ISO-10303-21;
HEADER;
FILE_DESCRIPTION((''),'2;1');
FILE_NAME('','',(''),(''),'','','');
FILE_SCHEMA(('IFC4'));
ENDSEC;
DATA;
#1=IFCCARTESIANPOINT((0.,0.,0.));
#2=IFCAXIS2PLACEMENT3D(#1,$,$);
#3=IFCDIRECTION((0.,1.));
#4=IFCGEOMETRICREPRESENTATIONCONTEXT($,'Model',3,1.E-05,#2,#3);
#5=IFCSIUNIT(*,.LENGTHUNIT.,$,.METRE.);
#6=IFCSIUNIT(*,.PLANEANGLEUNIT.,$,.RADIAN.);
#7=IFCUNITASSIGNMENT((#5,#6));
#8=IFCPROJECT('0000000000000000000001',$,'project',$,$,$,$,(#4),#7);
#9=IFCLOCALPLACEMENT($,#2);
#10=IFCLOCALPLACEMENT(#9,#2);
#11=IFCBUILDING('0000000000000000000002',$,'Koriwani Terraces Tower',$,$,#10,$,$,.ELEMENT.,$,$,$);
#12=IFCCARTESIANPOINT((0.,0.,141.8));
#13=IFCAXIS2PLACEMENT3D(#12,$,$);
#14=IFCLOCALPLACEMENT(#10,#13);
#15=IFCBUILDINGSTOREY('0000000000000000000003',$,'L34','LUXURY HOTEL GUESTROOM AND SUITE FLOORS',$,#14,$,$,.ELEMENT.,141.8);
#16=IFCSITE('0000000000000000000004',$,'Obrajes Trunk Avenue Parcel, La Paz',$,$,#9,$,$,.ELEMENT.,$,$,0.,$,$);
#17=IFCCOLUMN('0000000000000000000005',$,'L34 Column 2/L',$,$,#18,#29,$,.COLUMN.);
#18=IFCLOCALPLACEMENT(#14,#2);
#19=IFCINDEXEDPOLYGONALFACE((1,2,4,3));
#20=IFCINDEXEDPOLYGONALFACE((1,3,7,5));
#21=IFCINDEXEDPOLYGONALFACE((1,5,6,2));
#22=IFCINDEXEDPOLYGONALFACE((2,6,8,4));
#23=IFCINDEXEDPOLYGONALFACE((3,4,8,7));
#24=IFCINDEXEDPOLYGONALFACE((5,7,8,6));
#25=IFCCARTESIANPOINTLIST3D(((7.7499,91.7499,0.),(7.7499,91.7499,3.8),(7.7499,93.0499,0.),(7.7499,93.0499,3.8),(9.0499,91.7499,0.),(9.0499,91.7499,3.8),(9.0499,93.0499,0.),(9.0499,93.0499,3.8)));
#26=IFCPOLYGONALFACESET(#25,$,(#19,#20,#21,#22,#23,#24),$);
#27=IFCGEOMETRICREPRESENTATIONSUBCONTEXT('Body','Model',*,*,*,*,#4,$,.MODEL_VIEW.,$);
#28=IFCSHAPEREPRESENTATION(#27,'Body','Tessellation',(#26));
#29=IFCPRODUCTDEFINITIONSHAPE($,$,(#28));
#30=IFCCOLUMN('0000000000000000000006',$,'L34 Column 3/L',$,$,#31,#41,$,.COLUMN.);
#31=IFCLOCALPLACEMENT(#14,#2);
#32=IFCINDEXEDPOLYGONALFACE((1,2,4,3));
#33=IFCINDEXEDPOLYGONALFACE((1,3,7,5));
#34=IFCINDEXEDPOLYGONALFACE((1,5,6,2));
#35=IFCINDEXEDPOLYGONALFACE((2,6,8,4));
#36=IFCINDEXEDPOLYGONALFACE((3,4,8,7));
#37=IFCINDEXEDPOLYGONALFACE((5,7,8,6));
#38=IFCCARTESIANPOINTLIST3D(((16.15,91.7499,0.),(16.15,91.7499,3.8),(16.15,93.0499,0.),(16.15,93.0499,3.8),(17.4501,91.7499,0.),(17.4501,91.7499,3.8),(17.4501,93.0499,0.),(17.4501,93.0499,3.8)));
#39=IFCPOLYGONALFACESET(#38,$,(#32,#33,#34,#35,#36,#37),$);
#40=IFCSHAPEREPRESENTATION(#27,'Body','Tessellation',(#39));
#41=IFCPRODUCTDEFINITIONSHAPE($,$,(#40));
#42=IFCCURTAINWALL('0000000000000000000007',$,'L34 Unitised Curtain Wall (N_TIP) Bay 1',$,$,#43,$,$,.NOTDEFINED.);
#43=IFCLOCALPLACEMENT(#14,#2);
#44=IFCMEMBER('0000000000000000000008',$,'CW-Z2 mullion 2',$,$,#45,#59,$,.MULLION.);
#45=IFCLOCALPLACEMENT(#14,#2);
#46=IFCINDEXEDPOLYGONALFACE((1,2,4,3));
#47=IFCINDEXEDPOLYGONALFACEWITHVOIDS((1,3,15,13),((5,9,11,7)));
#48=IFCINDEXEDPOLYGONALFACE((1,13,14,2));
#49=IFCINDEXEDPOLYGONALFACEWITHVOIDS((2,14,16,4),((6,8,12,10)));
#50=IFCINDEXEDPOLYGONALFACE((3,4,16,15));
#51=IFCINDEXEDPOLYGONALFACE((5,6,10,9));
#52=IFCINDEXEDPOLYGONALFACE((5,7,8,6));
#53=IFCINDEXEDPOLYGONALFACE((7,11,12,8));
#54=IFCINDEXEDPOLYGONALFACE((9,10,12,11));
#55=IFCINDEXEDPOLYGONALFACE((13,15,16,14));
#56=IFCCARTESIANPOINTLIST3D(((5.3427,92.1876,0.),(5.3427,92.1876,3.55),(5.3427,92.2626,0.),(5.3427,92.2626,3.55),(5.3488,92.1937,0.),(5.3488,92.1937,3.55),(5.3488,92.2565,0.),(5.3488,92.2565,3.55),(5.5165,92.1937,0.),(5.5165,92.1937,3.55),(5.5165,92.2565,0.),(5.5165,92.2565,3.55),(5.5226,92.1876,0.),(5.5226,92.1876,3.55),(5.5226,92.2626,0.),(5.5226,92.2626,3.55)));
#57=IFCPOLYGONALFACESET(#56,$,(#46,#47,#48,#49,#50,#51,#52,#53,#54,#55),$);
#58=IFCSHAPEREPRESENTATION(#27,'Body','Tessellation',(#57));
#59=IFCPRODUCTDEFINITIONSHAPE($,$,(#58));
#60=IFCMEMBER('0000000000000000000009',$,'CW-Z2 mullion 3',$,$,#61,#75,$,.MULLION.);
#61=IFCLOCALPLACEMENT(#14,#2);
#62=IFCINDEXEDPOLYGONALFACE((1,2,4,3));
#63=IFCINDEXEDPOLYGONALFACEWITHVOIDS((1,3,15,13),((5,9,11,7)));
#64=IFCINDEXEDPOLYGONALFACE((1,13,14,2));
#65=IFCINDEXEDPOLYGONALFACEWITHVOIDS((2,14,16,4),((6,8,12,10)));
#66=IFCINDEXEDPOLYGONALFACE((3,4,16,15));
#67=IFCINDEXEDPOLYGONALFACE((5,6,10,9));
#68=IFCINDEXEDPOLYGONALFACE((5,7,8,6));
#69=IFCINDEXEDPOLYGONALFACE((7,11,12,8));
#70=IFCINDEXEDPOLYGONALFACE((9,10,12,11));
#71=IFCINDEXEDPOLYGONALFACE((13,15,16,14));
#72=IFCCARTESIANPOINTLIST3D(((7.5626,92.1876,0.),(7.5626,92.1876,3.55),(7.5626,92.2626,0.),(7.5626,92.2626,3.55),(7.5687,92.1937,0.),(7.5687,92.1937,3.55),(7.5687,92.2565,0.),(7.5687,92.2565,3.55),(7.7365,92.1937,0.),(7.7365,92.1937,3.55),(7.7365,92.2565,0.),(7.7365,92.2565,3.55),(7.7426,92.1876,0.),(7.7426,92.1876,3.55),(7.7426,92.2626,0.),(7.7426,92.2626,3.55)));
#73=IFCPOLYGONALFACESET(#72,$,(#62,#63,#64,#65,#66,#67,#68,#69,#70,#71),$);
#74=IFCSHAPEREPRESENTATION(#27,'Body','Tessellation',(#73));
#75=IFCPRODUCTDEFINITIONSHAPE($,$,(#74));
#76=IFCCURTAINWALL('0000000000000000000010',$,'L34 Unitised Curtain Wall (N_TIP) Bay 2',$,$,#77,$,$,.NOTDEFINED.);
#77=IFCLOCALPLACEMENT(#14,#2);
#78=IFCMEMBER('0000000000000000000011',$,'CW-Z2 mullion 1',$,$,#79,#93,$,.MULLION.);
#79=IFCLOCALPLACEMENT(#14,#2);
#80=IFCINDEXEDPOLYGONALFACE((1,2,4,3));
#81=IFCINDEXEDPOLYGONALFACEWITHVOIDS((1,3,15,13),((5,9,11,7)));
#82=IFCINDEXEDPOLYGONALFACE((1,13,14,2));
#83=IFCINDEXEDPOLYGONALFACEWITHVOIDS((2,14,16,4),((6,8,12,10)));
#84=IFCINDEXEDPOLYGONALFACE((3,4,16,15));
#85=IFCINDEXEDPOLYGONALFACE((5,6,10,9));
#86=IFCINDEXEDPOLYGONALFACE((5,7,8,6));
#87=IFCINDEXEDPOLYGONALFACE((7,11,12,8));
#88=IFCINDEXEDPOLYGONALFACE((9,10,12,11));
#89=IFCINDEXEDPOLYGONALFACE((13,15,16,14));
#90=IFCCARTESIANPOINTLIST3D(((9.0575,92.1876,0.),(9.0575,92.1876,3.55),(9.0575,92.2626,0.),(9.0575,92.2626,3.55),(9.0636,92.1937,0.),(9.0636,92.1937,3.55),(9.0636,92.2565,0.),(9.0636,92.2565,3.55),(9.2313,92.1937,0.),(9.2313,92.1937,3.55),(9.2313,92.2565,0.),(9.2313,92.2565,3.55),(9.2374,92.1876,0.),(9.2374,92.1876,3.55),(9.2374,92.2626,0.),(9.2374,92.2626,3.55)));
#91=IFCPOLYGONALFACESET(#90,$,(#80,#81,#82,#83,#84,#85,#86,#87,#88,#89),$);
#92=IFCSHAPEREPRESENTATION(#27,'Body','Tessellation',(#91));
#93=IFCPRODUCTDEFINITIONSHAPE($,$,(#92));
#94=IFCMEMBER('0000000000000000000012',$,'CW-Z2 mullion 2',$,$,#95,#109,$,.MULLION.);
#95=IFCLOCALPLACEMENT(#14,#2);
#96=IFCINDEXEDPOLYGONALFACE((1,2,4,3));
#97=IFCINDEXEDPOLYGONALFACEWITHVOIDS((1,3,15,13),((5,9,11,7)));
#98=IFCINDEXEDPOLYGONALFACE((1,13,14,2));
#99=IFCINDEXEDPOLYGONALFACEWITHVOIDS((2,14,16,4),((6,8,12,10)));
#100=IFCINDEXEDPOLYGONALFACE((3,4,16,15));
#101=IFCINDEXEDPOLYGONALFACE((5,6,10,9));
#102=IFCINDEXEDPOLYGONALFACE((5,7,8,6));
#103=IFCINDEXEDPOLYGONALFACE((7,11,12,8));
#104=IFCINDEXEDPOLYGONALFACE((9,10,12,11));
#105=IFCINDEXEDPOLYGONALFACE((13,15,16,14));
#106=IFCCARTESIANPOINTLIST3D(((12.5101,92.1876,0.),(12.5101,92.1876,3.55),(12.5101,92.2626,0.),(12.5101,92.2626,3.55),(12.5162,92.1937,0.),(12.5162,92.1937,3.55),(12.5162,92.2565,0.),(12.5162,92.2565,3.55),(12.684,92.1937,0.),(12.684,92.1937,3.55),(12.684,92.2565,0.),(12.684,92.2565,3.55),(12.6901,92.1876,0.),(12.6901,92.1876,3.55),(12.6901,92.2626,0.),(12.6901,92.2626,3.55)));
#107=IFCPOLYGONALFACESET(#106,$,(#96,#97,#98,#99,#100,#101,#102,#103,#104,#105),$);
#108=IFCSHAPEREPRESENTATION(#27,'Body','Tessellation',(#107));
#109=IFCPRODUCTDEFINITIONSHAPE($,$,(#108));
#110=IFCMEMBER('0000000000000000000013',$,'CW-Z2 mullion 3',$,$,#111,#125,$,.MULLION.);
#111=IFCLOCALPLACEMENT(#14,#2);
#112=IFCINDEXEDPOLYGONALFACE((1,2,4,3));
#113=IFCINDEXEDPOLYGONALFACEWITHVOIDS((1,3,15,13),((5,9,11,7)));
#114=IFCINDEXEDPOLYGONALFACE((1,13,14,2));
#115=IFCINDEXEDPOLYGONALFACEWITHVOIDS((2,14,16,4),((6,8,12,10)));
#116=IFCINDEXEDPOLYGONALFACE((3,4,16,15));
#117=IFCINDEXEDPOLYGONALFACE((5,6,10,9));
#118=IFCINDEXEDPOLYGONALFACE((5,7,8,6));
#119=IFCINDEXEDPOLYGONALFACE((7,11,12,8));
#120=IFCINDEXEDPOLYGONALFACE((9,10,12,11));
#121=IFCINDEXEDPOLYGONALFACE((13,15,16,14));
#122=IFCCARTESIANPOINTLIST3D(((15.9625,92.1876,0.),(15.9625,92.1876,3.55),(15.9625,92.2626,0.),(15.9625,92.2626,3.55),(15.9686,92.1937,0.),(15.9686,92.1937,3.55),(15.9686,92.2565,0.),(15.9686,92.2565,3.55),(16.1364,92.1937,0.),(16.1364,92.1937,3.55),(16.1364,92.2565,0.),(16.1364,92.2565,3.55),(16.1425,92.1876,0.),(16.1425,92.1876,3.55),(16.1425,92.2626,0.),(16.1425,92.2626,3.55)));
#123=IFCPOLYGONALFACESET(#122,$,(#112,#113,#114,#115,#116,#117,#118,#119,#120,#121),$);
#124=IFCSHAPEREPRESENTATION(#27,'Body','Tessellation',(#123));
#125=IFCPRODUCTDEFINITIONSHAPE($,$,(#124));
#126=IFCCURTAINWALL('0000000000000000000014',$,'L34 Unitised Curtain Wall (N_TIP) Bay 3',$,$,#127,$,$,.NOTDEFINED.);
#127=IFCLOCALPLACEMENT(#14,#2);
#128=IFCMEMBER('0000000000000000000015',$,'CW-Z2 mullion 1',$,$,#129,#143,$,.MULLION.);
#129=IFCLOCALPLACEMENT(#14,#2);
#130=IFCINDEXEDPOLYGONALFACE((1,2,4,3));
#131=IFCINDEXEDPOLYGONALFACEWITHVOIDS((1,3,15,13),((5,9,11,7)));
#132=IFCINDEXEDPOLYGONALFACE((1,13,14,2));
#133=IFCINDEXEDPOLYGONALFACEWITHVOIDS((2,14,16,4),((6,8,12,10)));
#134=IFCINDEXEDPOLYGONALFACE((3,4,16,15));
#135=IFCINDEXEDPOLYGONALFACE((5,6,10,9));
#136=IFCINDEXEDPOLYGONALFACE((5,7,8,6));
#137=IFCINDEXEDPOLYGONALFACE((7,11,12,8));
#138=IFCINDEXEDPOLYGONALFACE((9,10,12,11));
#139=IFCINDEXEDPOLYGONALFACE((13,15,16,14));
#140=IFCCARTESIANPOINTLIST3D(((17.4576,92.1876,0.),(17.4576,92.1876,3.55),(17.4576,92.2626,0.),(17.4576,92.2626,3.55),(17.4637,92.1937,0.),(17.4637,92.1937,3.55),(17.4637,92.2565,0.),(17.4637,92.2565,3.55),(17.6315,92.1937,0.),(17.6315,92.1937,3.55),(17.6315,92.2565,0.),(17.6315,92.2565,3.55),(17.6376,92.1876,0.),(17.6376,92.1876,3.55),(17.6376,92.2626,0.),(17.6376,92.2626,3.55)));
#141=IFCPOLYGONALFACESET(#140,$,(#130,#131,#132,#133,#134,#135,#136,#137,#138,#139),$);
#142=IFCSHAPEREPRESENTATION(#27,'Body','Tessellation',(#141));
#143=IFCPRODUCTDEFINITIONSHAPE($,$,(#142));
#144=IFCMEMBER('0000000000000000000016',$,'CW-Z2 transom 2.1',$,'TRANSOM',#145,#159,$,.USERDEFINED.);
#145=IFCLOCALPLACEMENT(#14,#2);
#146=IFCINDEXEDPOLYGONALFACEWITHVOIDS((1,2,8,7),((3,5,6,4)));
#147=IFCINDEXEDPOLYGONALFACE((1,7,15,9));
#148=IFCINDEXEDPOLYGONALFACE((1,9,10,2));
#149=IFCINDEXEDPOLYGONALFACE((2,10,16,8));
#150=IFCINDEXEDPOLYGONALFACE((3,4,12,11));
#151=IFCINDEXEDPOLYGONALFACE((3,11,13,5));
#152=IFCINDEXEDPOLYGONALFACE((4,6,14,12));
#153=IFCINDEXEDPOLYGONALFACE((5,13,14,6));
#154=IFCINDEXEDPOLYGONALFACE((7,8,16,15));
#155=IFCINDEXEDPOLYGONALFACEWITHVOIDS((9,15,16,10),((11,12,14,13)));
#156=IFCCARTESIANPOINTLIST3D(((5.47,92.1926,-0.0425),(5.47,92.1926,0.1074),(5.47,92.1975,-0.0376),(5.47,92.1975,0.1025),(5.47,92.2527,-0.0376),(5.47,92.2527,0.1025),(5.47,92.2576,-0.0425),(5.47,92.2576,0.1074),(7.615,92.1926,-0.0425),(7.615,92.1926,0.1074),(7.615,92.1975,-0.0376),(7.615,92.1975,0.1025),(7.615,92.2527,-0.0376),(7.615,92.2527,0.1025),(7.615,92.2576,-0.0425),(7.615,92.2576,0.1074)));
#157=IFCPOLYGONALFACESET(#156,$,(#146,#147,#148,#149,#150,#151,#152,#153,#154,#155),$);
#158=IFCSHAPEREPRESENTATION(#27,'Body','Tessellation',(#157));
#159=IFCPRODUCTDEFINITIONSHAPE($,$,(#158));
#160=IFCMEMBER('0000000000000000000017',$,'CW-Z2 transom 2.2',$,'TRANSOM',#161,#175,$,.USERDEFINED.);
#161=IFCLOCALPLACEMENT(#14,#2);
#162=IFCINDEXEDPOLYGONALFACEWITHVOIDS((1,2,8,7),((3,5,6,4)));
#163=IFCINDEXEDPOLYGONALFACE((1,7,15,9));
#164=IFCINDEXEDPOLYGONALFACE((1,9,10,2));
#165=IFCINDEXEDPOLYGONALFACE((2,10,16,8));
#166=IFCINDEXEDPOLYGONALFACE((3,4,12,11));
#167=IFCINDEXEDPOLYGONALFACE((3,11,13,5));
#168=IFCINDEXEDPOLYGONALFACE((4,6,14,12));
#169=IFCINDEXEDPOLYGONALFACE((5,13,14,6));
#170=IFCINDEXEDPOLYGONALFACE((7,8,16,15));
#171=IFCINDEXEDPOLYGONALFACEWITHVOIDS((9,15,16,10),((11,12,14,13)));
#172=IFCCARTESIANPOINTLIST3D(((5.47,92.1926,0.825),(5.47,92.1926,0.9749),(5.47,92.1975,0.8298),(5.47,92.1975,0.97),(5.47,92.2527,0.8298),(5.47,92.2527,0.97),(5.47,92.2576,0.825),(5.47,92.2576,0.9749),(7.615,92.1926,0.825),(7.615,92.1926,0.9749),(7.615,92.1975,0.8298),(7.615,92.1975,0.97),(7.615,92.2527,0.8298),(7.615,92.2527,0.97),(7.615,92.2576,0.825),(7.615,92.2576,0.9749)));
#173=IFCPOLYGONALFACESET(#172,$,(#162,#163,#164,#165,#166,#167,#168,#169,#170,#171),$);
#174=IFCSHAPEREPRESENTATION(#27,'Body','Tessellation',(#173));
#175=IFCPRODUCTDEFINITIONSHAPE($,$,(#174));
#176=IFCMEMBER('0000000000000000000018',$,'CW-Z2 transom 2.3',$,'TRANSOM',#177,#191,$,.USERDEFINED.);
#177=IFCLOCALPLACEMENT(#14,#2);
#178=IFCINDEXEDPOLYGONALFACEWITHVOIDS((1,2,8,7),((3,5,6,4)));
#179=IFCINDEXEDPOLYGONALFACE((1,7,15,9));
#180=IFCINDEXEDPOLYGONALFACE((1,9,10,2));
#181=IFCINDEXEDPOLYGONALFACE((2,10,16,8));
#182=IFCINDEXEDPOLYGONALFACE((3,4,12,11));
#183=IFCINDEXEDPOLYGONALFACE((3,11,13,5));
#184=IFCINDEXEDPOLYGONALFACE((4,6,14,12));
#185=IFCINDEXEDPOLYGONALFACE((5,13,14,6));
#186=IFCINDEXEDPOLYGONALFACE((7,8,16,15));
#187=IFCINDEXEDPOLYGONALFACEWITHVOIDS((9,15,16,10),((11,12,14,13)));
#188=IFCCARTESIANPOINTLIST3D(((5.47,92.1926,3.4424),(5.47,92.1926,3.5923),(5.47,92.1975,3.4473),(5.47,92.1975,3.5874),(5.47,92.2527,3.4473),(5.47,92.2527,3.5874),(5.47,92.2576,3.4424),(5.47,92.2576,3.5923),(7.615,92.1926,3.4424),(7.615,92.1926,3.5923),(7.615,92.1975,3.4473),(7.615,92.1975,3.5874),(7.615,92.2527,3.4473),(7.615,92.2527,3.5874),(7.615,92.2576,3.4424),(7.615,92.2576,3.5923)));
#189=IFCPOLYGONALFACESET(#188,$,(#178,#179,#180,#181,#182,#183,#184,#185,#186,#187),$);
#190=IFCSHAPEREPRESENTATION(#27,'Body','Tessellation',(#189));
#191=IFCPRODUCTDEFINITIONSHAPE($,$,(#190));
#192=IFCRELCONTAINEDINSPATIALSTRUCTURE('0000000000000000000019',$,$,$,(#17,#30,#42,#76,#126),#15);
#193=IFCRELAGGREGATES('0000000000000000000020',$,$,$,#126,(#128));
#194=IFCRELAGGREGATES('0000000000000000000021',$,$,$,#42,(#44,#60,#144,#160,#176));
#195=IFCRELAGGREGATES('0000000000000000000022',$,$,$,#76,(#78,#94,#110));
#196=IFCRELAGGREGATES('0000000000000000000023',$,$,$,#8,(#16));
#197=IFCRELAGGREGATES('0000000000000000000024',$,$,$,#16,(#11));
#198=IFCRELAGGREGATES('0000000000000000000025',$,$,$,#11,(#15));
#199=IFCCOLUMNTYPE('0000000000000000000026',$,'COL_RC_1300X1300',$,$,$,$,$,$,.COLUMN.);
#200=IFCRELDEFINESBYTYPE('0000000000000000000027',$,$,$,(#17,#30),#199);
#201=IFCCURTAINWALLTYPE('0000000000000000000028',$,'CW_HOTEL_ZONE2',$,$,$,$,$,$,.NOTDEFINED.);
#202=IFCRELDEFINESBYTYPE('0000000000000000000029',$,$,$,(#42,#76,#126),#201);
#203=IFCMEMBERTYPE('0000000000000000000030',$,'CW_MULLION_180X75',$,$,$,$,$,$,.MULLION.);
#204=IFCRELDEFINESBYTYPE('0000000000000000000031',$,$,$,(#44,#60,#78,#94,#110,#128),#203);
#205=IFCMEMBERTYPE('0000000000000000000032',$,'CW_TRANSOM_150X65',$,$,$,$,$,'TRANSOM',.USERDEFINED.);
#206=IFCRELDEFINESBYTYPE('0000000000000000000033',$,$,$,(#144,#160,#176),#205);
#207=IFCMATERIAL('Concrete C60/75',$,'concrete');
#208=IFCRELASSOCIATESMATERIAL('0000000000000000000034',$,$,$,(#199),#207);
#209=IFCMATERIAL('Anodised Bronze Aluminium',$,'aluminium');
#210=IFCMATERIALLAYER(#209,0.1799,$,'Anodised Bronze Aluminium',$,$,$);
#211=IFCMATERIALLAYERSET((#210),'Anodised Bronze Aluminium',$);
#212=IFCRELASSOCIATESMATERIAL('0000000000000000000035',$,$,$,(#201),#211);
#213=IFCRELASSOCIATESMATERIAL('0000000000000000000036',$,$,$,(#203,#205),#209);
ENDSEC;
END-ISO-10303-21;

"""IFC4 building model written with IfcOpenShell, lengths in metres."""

from ifc_helpers import new_model, si_unit, direction, frame, origin, origin_2d, place, context, subcontext, project, spatial, rectangle, hollow_rectangle, extrude, material, layer, layer_set, material_profile, profile_set, type_object, element, aggregate, save


model = new_model("IFC4")

# Units and contexts
model_context = context("Model", 3, precision=1e-05, world=origin(), true_north=direction((0.0, 1.0)))
body_context = subcontext(model_context, "Body", "Model", "MODEL_VIEW")
ifc_project = project(units=[si_unit("LENGTHUNIT", "METRE"), si_unit("PLANEANGLEUNIT", "RADIAN")], contexts=[model_context])

# Site, building, storey
site_placement = place(None, origin())
site = spatial("IfcSite", under=ifc_project, at=site_placement, Name="Obrajes Trunk Avenue Parcel, La Paz", CompositionType="ELEMENT", RefElevation=0.0)
building_placement = place(site_placement, origin())
building = spatial("IfcBuilding", under=site, at=building_placement, Name="Koriwani Terraces Tower", CompositionType="ELEMENT")
storey_placement = place(building_placement, frame((0.0, 0.0, 141.8)))
storey = spatial("IfcBuildingStorey", under=building, at=storey_placement, Name="L34", Description="LUXURY HOTEL GUESTROOM AND SUITE FLOORS", CompositionType="ELEMENT", Elevation=141.8)

# Columns
ifc_material_1 = material(Name="Concrete C60/75", Category="concrete")
ifc_material_profile_1 = material_profile(ifc_material_1, rectangle(XDim=1.3, YDim=1.3, at=origin_2d()), Name="Concrete C60/75", Category="LoadBearing")
ifc_profile_set_1 = profile_set([ifc_material_profile_1], Name="Concrete C60/75")
column_type = type_object("IfcColumnType", Name="COL_RC_1300X1300", PredefinedType="COLUMN", material=ifc_profile_set_1)
for number, where, z_axis, x_axis, name in (
    (1, (8.3999, 92.3999, 0.0), (0.0, 0.0, 1.0), (1.0, 0.0, 0.0), "L34 Column 2/L"),
    (2, (16.8, 92.3999, 0.0), (0.0, 0.0, 1.0), (1.0, 0.0, 0.0), "L34 Column 3/L"),
):
    element("IfcColumn", number, at=place(storey_placement, frame(where, z_axis=z_axis, x_axis=x_axis)), inside=storey, type_object=column_type, Name=name, PredefinedType="COLUMN", context=body_context, shape_type="SweptSolid", body=[
        extrude(rectangle(XDim=1.3, YDim=1.3, at=origin_2d()), origin(), (0.0, 0.0, 1.0), 3.8),
    ])

# Curtain walls, members
ifc_material_2 = material(Name="Anodised Bronze Aluminium", Category="aluminium")
ifc_layer_1 = layer(ifc_material_2, 0.1799, Name="Anodised Bronze Aluminium")
ifc_layer_set_1 = layer_set([ifc_layer_1], Name="Anodised Bronze Aluminium")
curtain_wall_type = type_object("IfcCurtainWallType", Name="CW_HOTEL_ZONE2", PredefinedType="NOTDEFINED", material=ifc_layer_set_1)
curtain_wall_1_placement = place(storey_placement, origin())
curtain_wall_1 = element("IfcCurtainWall", 3, at=curtain_wall_1_placement, inside=storey, type_object=curtain_wall_type, Name="L34 Unitised Curtain Wall (N_TIP) Bay 1", PredefinedType="NOTDEFINED")
ifc_material_profile_2 = material_profile(ifc_material_2, hollow_rectangle(XDim=0.075, YDim=0.1799, WallThickness=0.0061, at=origin_2d()), Name="Anodised Bronze Aluminium", Category="LoadBearing")
ifc_profile_set_2 = profile_set([ifc_material_profile_2], Name="Anodised Bronze Aluminium")
member_type_1 = type_object("IfcMemberType", Name="CW_MULLION_180X75", PredefinedType="MULLION", material=ifc_profile_set_2)
member_1_placement = place(storey_placement, frame((5.4326, 92.2251, 0.0), z_axis=(0.0, 0.0, 1.0), x_axis=(0.0, 1.0, 0.0)))
member_1 = element("IfcMember", 4, at=member_1_placement, type_object=member_type_1, Name="CW-Z2 mullion 2", PredefinedType="MULLION", context=body_context, shape_type="SweptSolid", body=[
    extrude(hollow_rectangle(XDim=0.075, YDim=0.1799, WallThickness=0.0061, at=origin_2d()), origin(), (0.0, 0.0, 1.0), 3.55),
])
member_2_placement = place(storey_placement, frame((7.6526, 92.2251, 0.0), z_axis=(0.0, 0.0, 1.0), x_axis=(0.0, 1.0, 0.0)))
member_2 = element("IfcMember", 5, at=member_2_placement, type_object=member_type_1, Name="CW-Z2 mullion 3", PredefinedType="MULLION", context=body_context, shape_type="SweptSolid", body=[
    extrude(hollow_rectangle(XDim=0.075, YDim=0.1799, WallThickness=0.0061, at=origin_2d()), origin(), (0.0, 0.0, 1.0), 3.55),
])
curtain_wall_2_placement = place(storey_placement, origin())
curtain_wall_2 = element("IfcCurtainWall", 6, at=curtain_wall_2_placement, inside=storey, type_object=curtain_wall_type, Name="L34 Unitised Curtain Wall (N_TIP) Bay 2", PredefinedType="NOTDEFINED")
member_3_placement = place(storey_placement, frame((9.1475, 92.2251, 0.0), z_axis=(0.0, 0.0, 1.0), x_axis=(0.0, 1.0, 0.0)))
member_3 = element("IfcMember", 7, at=member_3_placement, type_object=member_type_1, Name="CW-Z2 mullion 1", PredefinedType="MULLION", context=body_context, shape_type="SweptSolid", body=[
    extrude(hollow_rectangle(XDim=0.075, YDim=0.1799, WallThickness=0.0061, at=origin_2d()), origin(), (0.0, 0.0, 1.0), 3.55),
])
member_4_placement = place(storey_placement, frame((12.6001, 92.2251, 0.0), z_axis=(0.0, 0.0, 1.0), x_axis=(0.0, 1.0, 0.0)))
member_4 = element("IfcMember", 8, at=member_4_placement, type_object=member_type_1, Name="CW-Z2 mullion 2", PredefinedType="MULLION", context=body_context, shape_type="SweptSolid", body=[
    extrude(hollow_rectangle(XDim=0.075, YDim=0.1799, WallThickness=0.0061, at=origin_2d()), origin(), (0.0, 0.0, 1.0), 3.55),
])
member_5_placement = place(storey_placement, frame((16.0525, 92.2251, 0.0), z_axis=(0.0, 0.0, 1.0), x_axis=(0.0, 1.0, 0.0)))
member_5 = element("IfcMember", 9, at=member_5_placement, type_object=member_type_1, Name="CW-Z2 mullion 3", PredefinedType="MULLION", context=body_context, shape_type="SweptSolid", body=[
    extrude(hollow_rectangle(XDim=0.075, YDim=0.1799, WallThickness=0.0061, at=origin_2d()), origin(), (0.0, 0.0, 1.0), 3.55),
])

# Curtain wall, member
curtain_wall_3_placement = place(storey_placement, origin())
curtain_wall_3 = element("IfcCurtainWall", 10, at=curtain_wall_3_placement, inside=storey, type_object=curtain_wall_type, Name="L34 Unitised Curtain Wall (N_TIP) Bay 3", PredefinedType="NOTDEFINED")
member_6_placement = place(storey_placement, frame((17.5476, 92.2251, 0.0), z_axis=(0.0, 0.0, 1.0), x_axis=(0.0, 1.0, 0.0)))
member_6 = element("IfcMember", 11, at=member_6_placement, type_object=member_type_1, Name="CW-Z2 mullion 1", PredefinedType="MULLION", context=body_context, shape_type="SweptSolid", body=[
    extrude(hollow_rectangle(XDim=0.075, YDim=0.1799, WallThickness=0.0061, at=origin_2d()), origin(), (0.0, 0.0, 1.0), 3.55),
])

# Members
ifc_material_profile_3 = material_profile(ifc_material_2, hollow_rectangle(XDim=0.0649, YDim=0.1499, WallThickness=0.0049, at=origin_2d()), Name="Anodised Bronze Aluminium", Category="LoadBearing")
ifc_profile_set_3 = profile_set([ifc_material_profile_3], Name="Anodised Bronze Aluminium")
member_type_2 = type_object("IfcMemberType", Name="CW_TRANSOM_150X65", ElementType="TRANSOM", PredefinedType="USERDEFINED", material=ifc_profile_set_3)
member_7_placement = place(storey_placement, frame((5.47, 92.2251, 0.0325), z_axis=(1.0, 0.0, 0.0), x_axis=(0.0, 1.0, 0.0)))
member_7 = element("IfcMember", 12, at=member_7_placement, type_object=member_type_2, Name="CW-Z2 transom 2.1", ObjectType="TRANSOM", PredefinedType="USERDEFINED", context=body_context, shape_type="SweptSolid", body=[
    extrude(hollow_rectangle(XDim=0.0649, YDim=0.1499, WallThickness=0.0049, at=origin_2d()), origin(), (0.0, 0.0, 1.0), 2.145),
])
member_8_placement = place(storey_placement, frame((5.47, 92.2251, 0.8999), z_axis=(1.0, 0.0, 0.0), x_axis=(0.0, 1.0, 0.0)))
member_8 = element("IfcMember", 13, at=member_8_placement, type_object=member_type_2, Name="CW-Z2 transom 2.2", ObjectType="TRANSOM", PredefinedType="USERDEFINED", context=body_context, shape_type="SweptSolid", body=[
    extrude(hollow_rectangle(XDim=0.0649, YDim=0.1499, WallThickness=0.0049, at=origin_2d()), origin(), (0.0, 0.0, 1.0), 2.145),
])
member_9_placement = place(storey_placement, frame((5.47, 92.2251, 3.5173), z_axis=(1.0, 0.0, 0.0), x_axis=(0.0, 1.0, 0.0)))
member_9 = element("IfcMember", 14, at=member_9_placement, type_object=member_type_2, Name="CW-Z2 transom 2.3", ObjectType="TRANSOM", PredefinedType="USERDEFINED", context=body_context, shape_type="SweptSolid", body=[
    extrude(hollow_rectangle(XDim=0.0649, YDim=0.1499, WallThickness=0.0049, at=origin_2d()), origin(), (0.0, 0.0, 1.0), 2.145),
])
aggregate(curtain_wall_3, [member_6])

aggregate(curtain_wall_1, [member_1, member_2, member_7, member_8, member_9])
aggregate(curtain_wall_2, [member_3, member_4, member_5])

save(model, "model.ifc")
